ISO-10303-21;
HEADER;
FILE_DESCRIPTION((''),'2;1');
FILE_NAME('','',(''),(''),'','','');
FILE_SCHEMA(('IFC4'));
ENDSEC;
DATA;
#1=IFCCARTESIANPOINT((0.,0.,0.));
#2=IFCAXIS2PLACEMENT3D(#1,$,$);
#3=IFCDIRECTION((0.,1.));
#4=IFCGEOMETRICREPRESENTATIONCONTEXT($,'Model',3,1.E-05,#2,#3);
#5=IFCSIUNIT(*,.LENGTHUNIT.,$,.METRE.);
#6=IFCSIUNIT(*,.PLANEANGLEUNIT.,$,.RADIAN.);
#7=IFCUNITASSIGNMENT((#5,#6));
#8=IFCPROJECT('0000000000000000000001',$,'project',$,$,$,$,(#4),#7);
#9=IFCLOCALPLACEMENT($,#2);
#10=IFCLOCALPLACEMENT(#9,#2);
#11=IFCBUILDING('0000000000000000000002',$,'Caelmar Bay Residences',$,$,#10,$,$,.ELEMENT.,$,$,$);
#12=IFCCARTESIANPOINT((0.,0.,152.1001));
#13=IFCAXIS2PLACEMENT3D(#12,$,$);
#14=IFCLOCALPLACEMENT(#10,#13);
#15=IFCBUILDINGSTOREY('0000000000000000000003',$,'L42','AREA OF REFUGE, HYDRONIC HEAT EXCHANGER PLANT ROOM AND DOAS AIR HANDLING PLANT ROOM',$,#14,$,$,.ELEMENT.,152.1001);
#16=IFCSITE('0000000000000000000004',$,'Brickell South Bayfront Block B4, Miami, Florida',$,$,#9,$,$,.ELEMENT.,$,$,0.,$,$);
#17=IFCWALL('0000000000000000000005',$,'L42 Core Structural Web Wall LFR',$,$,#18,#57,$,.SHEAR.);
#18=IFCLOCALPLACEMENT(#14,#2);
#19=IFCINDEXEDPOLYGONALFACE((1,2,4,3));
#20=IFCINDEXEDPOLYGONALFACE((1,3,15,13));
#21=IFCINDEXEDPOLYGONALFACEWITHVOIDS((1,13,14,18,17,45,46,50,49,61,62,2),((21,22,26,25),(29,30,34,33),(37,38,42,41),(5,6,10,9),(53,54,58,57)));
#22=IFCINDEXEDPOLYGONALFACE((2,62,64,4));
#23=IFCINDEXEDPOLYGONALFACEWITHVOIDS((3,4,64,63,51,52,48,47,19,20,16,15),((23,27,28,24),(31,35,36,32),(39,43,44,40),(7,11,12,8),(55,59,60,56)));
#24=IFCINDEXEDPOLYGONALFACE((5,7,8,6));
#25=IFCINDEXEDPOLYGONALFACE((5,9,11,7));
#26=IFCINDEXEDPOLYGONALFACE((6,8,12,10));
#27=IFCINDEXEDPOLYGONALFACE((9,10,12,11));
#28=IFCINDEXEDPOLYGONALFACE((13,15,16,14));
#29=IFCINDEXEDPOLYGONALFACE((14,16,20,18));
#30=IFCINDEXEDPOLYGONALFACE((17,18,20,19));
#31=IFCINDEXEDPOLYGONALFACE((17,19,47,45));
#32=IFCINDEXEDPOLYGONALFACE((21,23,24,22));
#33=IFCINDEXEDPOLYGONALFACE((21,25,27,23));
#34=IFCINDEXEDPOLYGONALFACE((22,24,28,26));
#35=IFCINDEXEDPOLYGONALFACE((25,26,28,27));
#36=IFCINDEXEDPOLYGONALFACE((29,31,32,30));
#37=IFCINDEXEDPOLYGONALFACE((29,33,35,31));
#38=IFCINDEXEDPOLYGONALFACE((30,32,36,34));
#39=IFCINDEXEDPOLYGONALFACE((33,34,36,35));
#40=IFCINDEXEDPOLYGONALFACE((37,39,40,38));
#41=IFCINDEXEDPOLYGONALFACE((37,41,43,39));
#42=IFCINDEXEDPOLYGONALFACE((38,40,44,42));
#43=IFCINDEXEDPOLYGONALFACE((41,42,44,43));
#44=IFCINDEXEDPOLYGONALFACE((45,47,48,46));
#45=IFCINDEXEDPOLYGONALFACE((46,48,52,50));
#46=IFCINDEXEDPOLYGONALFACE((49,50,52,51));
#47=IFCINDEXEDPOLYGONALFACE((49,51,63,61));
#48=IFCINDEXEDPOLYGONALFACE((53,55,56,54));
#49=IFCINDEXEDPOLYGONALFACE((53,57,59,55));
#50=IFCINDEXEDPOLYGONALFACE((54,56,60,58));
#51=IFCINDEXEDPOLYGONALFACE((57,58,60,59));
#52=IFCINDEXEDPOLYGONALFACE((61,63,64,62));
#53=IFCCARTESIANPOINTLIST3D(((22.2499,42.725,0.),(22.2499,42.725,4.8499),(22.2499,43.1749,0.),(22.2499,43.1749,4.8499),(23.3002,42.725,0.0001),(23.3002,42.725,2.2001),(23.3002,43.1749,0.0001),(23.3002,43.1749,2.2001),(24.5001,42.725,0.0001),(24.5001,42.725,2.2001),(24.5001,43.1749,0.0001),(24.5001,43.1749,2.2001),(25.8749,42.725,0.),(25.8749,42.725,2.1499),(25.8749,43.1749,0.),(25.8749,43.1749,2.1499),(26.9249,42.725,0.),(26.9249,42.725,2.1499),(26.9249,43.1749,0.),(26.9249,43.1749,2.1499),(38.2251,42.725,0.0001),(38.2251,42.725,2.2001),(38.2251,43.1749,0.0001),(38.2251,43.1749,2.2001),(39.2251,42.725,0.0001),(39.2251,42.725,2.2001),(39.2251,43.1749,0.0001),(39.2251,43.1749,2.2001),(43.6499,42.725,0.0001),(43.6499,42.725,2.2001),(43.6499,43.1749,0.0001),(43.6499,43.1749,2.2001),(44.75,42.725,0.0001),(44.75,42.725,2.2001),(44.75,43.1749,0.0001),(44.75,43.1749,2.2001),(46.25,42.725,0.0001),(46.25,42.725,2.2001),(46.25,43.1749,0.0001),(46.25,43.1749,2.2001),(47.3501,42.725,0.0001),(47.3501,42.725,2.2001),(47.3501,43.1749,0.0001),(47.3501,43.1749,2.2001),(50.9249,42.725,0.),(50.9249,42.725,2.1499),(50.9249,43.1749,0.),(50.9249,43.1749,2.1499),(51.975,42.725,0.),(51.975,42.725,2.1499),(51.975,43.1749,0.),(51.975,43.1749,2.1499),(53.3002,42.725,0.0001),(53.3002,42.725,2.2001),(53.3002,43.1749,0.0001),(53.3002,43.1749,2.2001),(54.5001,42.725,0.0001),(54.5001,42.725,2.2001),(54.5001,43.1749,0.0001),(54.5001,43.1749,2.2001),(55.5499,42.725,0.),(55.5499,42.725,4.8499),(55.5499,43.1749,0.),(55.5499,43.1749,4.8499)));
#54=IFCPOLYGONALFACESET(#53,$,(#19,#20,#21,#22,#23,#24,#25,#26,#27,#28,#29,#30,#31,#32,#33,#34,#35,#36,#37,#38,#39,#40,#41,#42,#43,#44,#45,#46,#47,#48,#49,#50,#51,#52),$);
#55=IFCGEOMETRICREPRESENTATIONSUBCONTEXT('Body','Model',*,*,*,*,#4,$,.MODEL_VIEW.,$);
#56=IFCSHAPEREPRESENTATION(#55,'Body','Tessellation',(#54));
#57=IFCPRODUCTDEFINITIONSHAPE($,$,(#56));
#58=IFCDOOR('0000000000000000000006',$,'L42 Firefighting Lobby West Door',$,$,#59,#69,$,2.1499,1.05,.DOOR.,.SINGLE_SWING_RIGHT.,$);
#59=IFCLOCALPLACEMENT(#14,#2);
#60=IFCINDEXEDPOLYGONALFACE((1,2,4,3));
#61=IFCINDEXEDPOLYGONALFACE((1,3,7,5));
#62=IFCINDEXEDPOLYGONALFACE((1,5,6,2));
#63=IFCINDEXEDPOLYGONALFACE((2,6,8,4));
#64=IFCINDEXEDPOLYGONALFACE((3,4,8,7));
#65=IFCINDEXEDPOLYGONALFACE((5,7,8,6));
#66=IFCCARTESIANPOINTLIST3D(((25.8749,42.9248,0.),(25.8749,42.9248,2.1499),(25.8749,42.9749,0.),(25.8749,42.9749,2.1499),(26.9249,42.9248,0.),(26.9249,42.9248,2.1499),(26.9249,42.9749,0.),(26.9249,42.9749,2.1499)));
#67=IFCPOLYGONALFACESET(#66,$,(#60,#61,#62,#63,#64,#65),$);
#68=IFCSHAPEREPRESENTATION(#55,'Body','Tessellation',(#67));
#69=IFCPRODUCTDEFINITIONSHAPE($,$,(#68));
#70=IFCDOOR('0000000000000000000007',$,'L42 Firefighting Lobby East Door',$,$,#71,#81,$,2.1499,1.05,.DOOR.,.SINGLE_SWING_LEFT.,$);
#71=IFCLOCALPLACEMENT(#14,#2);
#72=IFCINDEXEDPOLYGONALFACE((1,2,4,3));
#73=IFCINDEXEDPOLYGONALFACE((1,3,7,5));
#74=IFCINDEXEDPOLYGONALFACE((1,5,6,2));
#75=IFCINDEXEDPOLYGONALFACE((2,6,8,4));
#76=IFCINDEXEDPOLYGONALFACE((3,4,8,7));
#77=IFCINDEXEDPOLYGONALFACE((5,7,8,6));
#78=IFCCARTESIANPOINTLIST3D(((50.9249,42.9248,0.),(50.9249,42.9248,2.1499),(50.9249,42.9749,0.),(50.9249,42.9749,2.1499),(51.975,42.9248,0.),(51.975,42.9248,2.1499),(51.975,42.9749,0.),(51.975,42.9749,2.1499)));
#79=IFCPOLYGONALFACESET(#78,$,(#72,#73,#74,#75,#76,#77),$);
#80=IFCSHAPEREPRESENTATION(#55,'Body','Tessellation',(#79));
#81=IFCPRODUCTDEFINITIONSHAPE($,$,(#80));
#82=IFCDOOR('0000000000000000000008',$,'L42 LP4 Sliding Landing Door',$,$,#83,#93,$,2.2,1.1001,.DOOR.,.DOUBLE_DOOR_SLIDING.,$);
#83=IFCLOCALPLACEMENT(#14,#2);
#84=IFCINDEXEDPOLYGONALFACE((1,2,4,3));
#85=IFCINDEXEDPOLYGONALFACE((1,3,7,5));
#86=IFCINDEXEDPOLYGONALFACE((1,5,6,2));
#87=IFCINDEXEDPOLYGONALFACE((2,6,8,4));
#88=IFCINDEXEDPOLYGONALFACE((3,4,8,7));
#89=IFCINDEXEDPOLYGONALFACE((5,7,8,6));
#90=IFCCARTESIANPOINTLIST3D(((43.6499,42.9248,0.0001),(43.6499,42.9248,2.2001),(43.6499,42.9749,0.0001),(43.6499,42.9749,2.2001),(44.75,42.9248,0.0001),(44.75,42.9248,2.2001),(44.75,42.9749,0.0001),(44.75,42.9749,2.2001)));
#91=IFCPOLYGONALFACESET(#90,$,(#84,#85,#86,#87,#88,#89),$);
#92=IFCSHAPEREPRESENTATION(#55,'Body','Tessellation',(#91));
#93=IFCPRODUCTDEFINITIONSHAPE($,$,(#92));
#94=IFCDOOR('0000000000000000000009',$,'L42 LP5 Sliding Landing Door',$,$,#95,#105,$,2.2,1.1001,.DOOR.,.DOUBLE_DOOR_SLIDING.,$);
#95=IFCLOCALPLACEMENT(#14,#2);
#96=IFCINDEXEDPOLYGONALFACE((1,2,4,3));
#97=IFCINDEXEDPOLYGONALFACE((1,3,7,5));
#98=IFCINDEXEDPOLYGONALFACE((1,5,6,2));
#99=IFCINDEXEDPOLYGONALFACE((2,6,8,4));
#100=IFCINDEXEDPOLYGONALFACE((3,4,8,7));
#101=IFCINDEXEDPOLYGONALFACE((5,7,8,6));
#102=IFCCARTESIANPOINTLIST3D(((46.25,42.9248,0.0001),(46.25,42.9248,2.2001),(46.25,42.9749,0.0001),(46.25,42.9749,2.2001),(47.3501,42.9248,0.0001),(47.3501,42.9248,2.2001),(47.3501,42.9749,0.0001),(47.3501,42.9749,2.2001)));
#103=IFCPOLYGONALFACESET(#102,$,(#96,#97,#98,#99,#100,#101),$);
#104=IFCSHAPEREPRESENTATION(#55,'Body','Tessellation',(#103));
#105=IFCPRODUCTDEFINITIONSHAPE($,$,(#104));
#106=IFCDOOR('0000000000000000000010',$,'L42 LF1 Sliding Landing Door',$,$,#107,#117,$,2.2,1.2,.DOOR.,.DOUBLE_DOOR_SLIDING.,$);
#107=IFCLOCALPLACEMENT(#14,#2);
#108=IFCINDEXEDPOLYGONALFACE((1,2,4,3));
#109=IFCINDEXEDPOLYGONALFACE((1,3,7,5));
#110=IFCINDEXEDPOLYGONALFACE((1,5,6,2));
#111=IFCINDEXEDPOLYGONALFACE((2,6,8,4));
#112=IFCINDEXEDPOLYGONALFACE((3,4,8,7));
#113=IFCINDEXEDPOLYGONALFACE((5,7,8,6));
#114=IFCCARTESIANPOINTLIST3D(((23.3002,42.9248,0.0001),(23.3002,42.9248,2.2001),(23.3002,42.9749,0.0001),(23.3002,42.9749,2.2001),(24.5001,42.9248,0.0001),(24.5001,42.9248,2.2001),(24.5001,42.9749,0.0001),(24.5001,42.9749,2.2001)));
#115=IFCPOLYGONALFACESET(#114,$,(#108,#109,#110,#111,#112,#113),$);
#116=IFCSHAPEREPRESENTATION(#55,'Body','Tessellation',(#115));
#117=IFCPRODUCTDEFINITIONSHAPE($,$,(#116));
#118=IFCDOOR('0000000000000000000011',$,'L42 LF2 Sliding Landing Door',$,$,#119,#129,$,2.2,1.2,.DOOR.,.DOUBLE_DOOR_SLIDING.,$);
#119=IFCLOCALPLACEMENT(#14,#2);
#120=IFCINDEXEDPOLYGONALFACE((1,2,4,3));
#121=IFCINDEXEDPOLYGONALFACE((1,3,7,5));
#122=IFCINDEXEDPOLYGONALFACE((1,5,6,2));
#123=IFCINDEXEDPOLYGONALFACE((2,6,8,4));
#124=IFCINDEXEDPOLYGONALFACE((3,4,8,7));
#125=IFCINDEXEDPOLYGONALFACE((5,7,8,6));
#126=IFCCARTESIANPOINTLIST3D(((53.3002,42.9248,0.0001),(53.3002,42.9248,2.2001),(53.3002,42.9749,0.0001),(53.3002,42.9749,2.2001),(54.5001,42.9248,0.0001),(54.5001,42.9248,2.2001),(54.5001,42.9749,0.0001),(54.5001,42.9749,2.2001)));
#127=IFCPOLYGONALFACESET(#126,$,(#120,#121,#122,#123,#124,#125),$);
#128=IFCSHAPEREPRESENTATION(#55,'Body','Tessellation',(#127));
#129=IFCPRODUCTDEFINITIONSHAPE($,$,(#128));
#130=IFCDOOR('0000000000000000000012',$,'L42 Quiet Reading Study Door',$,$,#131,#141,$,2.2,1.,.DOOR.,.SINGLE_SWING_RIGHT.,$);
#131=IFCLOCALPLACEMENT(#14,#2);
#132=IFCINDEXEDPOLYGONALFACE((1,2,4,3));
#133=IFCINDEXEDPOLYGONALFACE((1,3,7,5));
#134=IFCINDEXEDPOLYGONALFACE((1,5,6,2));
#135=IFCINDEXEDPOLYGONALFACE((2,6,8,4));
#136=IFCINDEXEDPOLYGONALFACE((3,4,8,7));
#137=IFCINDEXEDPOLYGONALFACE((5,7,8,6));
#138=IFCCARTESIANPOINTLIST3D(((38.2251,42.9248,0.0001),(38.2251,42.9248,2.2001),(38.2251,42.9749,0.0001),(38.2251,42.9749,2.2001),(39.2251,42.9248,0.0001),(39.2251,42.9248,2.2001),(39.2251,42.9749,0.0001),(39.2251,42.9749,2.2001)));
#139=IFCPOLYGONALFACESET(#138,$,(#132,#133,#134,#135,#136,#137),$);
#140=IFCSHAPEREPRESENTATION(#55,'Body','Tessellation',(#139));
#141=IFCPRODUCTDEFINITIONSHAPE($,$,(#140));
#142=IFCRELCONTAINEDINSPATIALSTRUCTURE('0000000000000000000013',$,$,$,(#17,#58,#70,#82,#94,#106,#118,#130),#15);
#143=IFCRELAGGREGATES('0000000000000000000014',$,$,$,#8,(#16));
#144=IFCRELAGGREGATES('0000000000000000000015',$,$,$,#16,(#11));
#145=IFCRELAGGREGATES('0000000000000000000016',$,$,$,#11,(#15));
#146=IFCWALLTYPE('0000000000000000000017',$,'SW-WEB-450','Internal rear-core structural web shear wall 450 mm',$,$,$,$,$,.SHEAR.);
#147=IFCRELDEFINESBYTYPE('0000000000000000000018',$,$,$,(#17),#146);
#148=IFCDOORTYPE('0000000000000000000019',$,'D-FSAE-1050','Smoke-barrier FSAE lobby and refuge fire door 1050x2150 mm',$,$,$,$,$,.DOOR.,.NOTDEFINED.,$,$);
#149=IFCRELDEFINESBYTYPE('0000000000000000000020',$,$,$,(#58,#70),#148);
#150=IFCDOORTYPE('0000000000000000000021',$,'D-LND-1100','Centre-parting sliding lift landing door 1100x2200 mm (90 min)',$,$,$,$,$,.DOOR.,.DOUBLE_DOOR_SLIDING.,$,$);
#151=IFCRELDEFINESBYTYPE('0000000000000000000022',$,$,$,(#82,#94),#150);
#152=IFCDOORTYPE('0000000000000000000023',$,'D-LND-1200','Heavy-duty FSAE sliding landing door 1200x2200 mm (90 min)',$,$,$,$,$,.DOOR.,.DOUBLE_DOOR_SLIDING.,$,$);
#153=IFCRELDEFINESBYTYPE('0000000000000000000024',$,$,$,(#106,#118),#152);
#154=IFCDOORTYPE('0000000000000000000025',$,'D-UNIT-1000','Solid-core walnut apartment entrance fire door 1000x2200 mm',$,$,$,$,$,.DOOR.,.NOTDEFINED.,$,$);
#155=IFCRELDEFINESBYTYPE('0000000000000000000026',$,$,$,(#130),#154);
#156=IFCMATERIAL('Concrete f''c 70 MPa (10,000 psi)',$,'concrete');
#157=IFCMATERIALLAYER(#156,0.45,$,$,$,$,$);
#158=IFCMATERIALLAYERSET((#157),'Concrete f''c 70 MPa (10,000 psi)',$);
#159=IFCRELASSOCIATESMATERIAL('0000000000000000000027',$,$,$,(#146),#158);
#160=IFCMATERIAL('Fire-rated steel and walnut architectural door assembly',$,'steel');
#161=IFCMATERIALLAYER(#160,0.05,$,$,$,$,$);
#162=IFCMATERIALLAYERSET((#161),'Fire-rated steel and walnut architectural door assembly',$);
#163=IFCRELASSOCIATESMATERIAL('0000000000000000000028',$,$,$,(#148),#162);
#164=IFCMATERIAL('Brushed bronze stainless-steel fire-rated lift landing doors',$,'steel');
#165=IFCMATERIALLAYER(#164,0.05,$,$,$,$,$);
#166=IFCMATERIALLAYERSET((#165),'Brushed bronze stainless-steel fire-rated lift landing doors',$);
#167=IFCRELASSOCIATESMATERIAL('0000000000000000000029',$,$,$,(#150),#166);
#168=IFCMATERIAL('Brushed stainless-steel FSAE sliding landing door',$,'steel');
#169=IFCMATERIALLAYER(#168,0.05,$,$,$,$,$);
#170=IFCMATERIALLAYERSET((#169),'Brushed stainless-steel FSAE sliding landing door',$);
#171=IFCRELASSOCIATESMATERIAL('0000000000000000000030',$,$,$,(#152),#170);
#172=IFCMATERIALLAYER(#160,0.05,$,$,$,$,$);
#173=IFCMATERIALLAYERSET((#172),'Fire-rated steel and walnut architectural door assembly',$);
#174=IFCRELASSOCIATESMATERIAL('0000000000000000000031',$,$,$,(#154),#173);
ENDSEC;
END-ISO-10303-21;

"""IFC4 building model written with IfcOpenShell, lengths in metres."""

from ifc_helpers import new_model, si_unit, direction, frame, frame_2d, origin, place, context, subcontext, project, spatial, rectangle, extrude, material, layer, layer_set, type_object, element, fill, save


model = new_model("IFC4")

# Units and contexts
model_context = context("Model", 3, precision=1e-05, world=origin(), true_north=direction((0.0, 1.0)))
body_context = subcontext(model_context, "Body", "Model", "MODEL_VIEW")
ifc_project = project(units=[si_unit("LENGTHUNIT", "METRE"), si_unit("PLANEANGLEUNIT", "RADIAN")], contexts=[model_context])

# Site, building, storey
site_placement = place(None, origin())
site = spatial("IfcSite", under=ifc_project, at=site_placement, Name="Brickell South Bayfront Block B4, Miami, Florida", CompositionType="ELEMENT", RefElevation=0.0)
building_placement = place(site_placement, origin())
building = spatial("IfcBuilding", under=site, at=building_placement, Name="Caelmar Bay Residences", CompositionType="ELEMENT")
storey_placement = place(building_placement, frame((0.0, 0.0, 152.1001)))
storey = spatial("IfcBuildingStorey", under=building, at=storey_placement, Name="L42", Description="AREA OF REFUGE, HYDRONIC HEAT EXCHANGER PLANT ROOM AND DOAS AIR HANDLING PLANT ROOM", CompositionType="ELEMENT", Elevation=152.1001)

# Wall, openings, doors
ifc_material_1 = material(Name="Concrete f'c 70 MPa (10,000 psi)", Category="concrete")
ifc_layer_1 = layer(ifc_material_1, 0.45)
ifc_layer_set_1 = layer_set([ifc_layer_1], Name="Concrete f'c 70 MPa (10,000 psi)")
wall_type_1 = type_object("IfcWallType", Name="SW-WEB-450", Description="Internal rear-core structural web shear wall 450 mm", PredefinedType="SHEAR", material=ifc_layer_set_1)
wall_1_placement = place(storey_placement, frame((22.25, 42.95, 0.0), z_axis=(0.0, 0.0, 1.0), x_axis=(1.0, 0.0, 0.0)))
wall_1 = element("IfcWall", 1, at=wall_1_placement, inside=storey, type_object=wall_type_1, Name="L42 Core Structural Web Wall LFR", PredefinedType="SHEAR", context=body_context, shape_type="SweptSolid", body=[
    extrude(rectangle(XDim=33.3, YDim=0.45, at=frame_2d((16.6499, 0.0))), origin(), (0.0, 0.0, 1.0), 4.8499),
])
opening_1_placement = place(wall_1_placement, frame((1.05, 0.0, 0.0)))
opening_1 = element("IfcOpeningElement", 2, at=opening_1_placement, cuts=wall_1, PredefinedType="OPENING", context=body_context, shape_type="SweptSolid", body=[
    extrude(rectangle(XDim=1.2, YDim=2.2, at=frame_2d((0.6001, 1.1001))), frame((0.0, 0.2349, 0.0), z_axis=(0.0, -1.0, 0.0), x_axis=(1.0, 0.0, 0.0)), (0.0, 0.0, 1.0), 0.47),
])
opening_2_placement = place(wall_1_placement, frame((31.05, 0.0, 0.0)))
opening_2 = element("IfcOpeningElement", 3, at=opening_2_placement, cuts=wall_1, PredefinedType="OPENING", context=body_context, shape_type="SweptSolid", body=[
    extrude(rectangle(XDim=1.2, YDim=2.2, at=frame_2d((0.6001, 1.1001))), frame((0.0, 0.2349, 0.0), z_axis=(0.0, -1.0, 0.0), x_axis=(1.0, 0.0, 0.0)), (0.0, 0.0, 1.0), 0.47),
])
opening_3_placement = place(wall_1_placement, frame((21.3999, 0.0, 0.0)))
opening_3 = element("IfcOpeningElement", 4, at=opening_3_placement, cuts=wall_1, PredefinedType="OPENING", context=body_context, shape_type="SweptSolid", body=[
    extrude(rectangle(XDim=1.1001, YDim=2.2, at=frame_2d((0.55, 1.1001))), frame((0.0, 0.2349, 0.0), z_axis=(0.0, -1.0, 0.0), x_axis=(1.0, 0.0, 0.0)), (0.0, 0.0, 1.0), 0.47),
])
opening_4_placement = place(wall_1_placement, frame((24.0, 0.0, 0.0)))
opening_4 = element("IfcOpeningElement", 5, at=opening_4_placement, cuts=wall_1, PredefinedType="OPENING", context=body_context, shape_type="SweptSolid", body=[
    extrude(rectangle(XDim=1.1001, YDim=2.2, at=frame_2d((0.55, 1.1001))), frame((0.0, 0.2349, 0.0), z_axis=(0.0, -1.0, 0.0), x_axis=(1.0, 0.0, 0.0)), (0.0, 0.0, 1.0), 0.47),
])
opening_5_placement = place(wall_1_placement, frame((3.625, 0.0, 0.0)))
opening_5 = element("IfcOpeningElement", 6, at=opening_5_placement, cuts=wall_1, PredefinedType="OPENING", context=body_context, shape_type="SweptSolid", body=[
    extrude(rectangle(XDim=1.05, YDim=2.1499, at=frame_2d((0.5249, 1.075))), frame((0.0, 0.2349, 0.0), z_axis=(0.0, -1.0, 0.0), x_axis=(1.0, 0.0, 0.0)), (0.0, 0.0, 1.0), 0.47),
])
opening_6_placement = place(wall_1_placement, frame((28.675, 0.0, 0.0)))
opening_6 = element("IfcOpeningElement", 7, at=opening_6_placement, cuts=wall_1, PredefinedType="OPENING", context=body_context, shape_type="SweptSolid", body=[
    extrude(rectangle(XDim=1.05, YDim=2.1499, at=frame_2d((0.5249, 1.075))), frame((0.0, 0.2349, 0.0), z_axis=(0.0, -1.0, 0.0), x_axis=(1.0, 0.0, 0.0)), (0.0, 0.0, 1.0), 0.47),
])
opening_7_placement = place(wall_1_placement, frame((15.9751, 0.0, 0.0)))
opening_7 = element("IfcOpeningElement", 8, at=opening_7_placement, cuts=wall_1, PredefinedType="OPENING", context=body_context, shape_type="SweptSolid", body=[
    extrude(rectangle(XDim=1.0, YDim=2.2, at=frame_2d((0.5, 1.1001))), frame((0.0, 0.2349, 0.0), z_axis=(0.0, -1.0, 0.0), x_axis=(1.0, 0.0, 0.0)), (0.0, 0.0, 1.0), 0.47),
])
ifc_material_2 = material(Name="Fire-rated steel and walnut architectural door assembly", Category="steel")
ifc_layer_2 = layer(ifc_material_2, 0.05)
ifc_layer_set_2 = layer_set([ifc_layer_2], Name="Fire-rated steel and walnut architectural door assembly")
door_type_1 = type_object("IfcDoorType", Name="D-FSAE-1050", Description="Smoke-barrier FSAE lobby and refuge fire door 1050x2150 mm", OperationType="NOTDEFINED", PredefinedType="DOOR", material=ifc_layer_set_2)
door_1_placement = place(opening_5_placement, origin())
door_1 = element("IfcDoor", 9, at=door_1_placement, inside=storey, type_object=door_type_1, Name="L42 Firefighting Lobby West Door", OperationType="SINGLE_SWING_RIGHT", OverallHeight=2.1499, OverallWidth=1.05, PredefinedType="DOOR", context=body_context, shape_type="SweptSolid", body=[
    extrude(rectangle(XDim=1.05, YDim=2.1499, at=frame_2d((0.5249, 1.075))), frame((0.0, 0.0249, 0.0), z_axis=(0.0, -1.0, 0.0), x_axis=(1.0, 0.0, 0.0)), (0.0, 0.0, 1.0), 0.05),
])
fill(opening_5, door_1)
door_2_placement = place(opening_6_placement, origin())
door_2 = element("IfcDoor", 10, at=door_2_placement, inside=storey, type_object=door_type_1, Name="L42 Firefighting Lobby East Door", OperationType="SINGLE_SWING_LEFT", OverallHeight=2.1499, OverallWidth=1.05, PredefinedType="DOOR", context=body_context, shape_type="SweptSolid", body=[
    extrude(rectangle(XDim=1.05, YDim=2.1499, at=frame_2d((0.5249, 1.075))), frame((0.0, 0.0249, 0.0), z_axis=(0.0, -1.0, 0.0), x_axis=(1.0, 0.0, 0.0)), (0.0, 0.0, 1.0), 0.05),
])
fill(opening_6, door_2)
ifc_material_3 = material(Name="Brushed bronze stainless-steel fire-rated lift landing doors", Category="steel")
ifc_layer_3 = layer(ifc_material_3, 0.05)
ifc_layer_set_3 = layer_set([ifc_layer_3], Name="Brushed bronze stainless-steel fire-rated lift landing doors")
door_type_2 = type_object("IfcDoorType", Name="D-LND-1100", Description="Centre-parting sliding lift landing door 1100x2200 mm (90 min)", OperationType="DOUBLE_DOOR_SLIDING", PredefinedType="DOOR", material=ifc_layer_set_3)
door_3_placement = place(opening_3_placement, origin())
door_3 = element("IfcDoor", 11, at=door_3_placement, inside=storey, type_object=door_type_2, Name="L42 LP4 Sliding Landing Door", OperationType="DOUBLE_DOOR_SLIDING", OverallHeight=2.2, OverallWidth=1.1001, PredefinedType="DOOR", context=body_context, shape_type="SweptSolid", body=[
    extrude(rectangle(XDim=1.1001, YDim=2.2, at=frame_2d((0.55, 1.1001))), frame((0.0, 0.0249, 0.0), z_axis=(0.0, -1.0, 0.0), x_axis=(1.0, 0.0, 0.0)), (0.0, 0.0, 1.0), 0.05),
])
fill(opening_3, door_3)
door_4_placement = place(opening_4_placement, origin())
door_4 = element("IfcDoor", 12, at=door_4_placement, inside=storey, type_object=door_type_2, Name="L42 LP5 Sliding Landing Door", OperationType="DOUBLE_DOOR_SLIDING", OverallHeight=2.2, OverallWidth=1.1001, PredefinedType="DOOR", context=body_context, shape_type="SweptSolid", body=[
    extrude(rectangle(XDim=1.1001, YDim=2.2, at=frame_2d((0.55, 1.1001))), frame((0.0, 0.0249, 0.0), z_axis=(0.0, -1.0, 0.0), x_axis=(1.0, 0.0, 0.0)), (0.0, 0.0, 1.0), 0.05),
])
fill(opening_4, door_4)
ifc_material_4 = material(Name="Brushed stainless-steel FSAE sliding landing door", Category="steel")
ifc_layer_4 = layer(ifc_material_4, 0.05)
ifc_layer_set_4 = layer_set([ifc_layer_4], Name="Brushed stainless-steel FSAE sliding landing door")
door_type_3 = type_object("IfcDoorType", Name="D-LND-1200", Description="Heavy-duty FSAE sliding landing door 1200x2200 mm (90 min)", OperationType="DOUBLE_DOOR_SLIDING", PredefinedType="DOOR", material=ifc_layer_set_4)
door_5_placement = place(opening_1_placement, origin())
door_5 = element("IfcDoor", 13, at=door_5_placement, inside=storey, type_object=door_type_3, Name="L42 LF1 Sliding Landing Door", OperationType="DOUBLE_DOOR_SLIDING", OverallHeight=2.2, OverallWidth=1.2, PredefinedType="DOOR", context=body_context, shape_type="SweptSolid", body=[
    extrude(rectangle(XDim=1.2, YDim=2.2, at=frame_2d((0.6001, 1.1001))), frame((0.0, 0.0249, 0.0), z_axis=(0.0, -1.0, 0.0), x_axis=(1.0, 0.0, 0.0)), (0.0, 0.0, 1.0), 0.05),
])
fill(opening_1, door_5)
door_6_placement = place(opening_2_placement, origin())
door_6 = element("IfcDoor", 14, at=door_6_placement, inside=storey, type_object=door_type_3, Name="L42 LF2 Sliding Landing Door", OperationType="DOUBLE_DOOR_SLIDING", OverallHeight=2.2, OverallWidth=1.2, PredefinedType="DOOR", context=body_context, shape_type="SweptSolid", body=[
    extrude(rectangle(XDim=1.2, YDim=2.2, at=frame_2d((0.6001, 1.1001))), frame((0.0, 0.0249, 0.0), z_axis=(0.0, -1.0, 0.0), x_axis=(1.0, 0.0, 0.0)), (0.0, 0.0, 1.0), 0.05),
])
fill(opening_2, door_6)
ifc_layer_5 = layer(ifc_material_2, 0.05)
ifc_layer_set_5 = layer_set([ifc_layer_5], Name="Fire-rated steel and walnut architectural door assembly")
door_type_4 = type_object("IfcDoorType", Name="D-UNIT-1000", Description="Solid-core walnut apartment entrance fire door 1000x2200 mm", OperationType="NOTDEFINED", PredefinedType="DOOR", material=ifc_layer_set_5)
door_7_placement = place(opening_7_placement, origin())
door_7 = element("IfcDoor", 15, at=door_7_placement, inside=storey, type_object=door_type_4, Name="L42 Quiet Reading Study Door", OperationType="SINGLE_SWING_RIGHT", OverallHeight=2.2, OverallWidth=1.0, PredefinedType="DOOR", context=body_context, shape_type="SweptSolid", body=[
    extrude(rectangle(XDim=1.0, YDim=2.2, at=frame_2d((0.5, 1.1001))), frame((0.0, 0.0249, 0.0), z_axis=(0.0, -1.0, 0.0), x_axis=(1.0, 0.0, 0.0)), (0.0, 0.0, 1.0), 0.05),
])
fill(opening_7, door_7)

save(model, "model.ifc")
